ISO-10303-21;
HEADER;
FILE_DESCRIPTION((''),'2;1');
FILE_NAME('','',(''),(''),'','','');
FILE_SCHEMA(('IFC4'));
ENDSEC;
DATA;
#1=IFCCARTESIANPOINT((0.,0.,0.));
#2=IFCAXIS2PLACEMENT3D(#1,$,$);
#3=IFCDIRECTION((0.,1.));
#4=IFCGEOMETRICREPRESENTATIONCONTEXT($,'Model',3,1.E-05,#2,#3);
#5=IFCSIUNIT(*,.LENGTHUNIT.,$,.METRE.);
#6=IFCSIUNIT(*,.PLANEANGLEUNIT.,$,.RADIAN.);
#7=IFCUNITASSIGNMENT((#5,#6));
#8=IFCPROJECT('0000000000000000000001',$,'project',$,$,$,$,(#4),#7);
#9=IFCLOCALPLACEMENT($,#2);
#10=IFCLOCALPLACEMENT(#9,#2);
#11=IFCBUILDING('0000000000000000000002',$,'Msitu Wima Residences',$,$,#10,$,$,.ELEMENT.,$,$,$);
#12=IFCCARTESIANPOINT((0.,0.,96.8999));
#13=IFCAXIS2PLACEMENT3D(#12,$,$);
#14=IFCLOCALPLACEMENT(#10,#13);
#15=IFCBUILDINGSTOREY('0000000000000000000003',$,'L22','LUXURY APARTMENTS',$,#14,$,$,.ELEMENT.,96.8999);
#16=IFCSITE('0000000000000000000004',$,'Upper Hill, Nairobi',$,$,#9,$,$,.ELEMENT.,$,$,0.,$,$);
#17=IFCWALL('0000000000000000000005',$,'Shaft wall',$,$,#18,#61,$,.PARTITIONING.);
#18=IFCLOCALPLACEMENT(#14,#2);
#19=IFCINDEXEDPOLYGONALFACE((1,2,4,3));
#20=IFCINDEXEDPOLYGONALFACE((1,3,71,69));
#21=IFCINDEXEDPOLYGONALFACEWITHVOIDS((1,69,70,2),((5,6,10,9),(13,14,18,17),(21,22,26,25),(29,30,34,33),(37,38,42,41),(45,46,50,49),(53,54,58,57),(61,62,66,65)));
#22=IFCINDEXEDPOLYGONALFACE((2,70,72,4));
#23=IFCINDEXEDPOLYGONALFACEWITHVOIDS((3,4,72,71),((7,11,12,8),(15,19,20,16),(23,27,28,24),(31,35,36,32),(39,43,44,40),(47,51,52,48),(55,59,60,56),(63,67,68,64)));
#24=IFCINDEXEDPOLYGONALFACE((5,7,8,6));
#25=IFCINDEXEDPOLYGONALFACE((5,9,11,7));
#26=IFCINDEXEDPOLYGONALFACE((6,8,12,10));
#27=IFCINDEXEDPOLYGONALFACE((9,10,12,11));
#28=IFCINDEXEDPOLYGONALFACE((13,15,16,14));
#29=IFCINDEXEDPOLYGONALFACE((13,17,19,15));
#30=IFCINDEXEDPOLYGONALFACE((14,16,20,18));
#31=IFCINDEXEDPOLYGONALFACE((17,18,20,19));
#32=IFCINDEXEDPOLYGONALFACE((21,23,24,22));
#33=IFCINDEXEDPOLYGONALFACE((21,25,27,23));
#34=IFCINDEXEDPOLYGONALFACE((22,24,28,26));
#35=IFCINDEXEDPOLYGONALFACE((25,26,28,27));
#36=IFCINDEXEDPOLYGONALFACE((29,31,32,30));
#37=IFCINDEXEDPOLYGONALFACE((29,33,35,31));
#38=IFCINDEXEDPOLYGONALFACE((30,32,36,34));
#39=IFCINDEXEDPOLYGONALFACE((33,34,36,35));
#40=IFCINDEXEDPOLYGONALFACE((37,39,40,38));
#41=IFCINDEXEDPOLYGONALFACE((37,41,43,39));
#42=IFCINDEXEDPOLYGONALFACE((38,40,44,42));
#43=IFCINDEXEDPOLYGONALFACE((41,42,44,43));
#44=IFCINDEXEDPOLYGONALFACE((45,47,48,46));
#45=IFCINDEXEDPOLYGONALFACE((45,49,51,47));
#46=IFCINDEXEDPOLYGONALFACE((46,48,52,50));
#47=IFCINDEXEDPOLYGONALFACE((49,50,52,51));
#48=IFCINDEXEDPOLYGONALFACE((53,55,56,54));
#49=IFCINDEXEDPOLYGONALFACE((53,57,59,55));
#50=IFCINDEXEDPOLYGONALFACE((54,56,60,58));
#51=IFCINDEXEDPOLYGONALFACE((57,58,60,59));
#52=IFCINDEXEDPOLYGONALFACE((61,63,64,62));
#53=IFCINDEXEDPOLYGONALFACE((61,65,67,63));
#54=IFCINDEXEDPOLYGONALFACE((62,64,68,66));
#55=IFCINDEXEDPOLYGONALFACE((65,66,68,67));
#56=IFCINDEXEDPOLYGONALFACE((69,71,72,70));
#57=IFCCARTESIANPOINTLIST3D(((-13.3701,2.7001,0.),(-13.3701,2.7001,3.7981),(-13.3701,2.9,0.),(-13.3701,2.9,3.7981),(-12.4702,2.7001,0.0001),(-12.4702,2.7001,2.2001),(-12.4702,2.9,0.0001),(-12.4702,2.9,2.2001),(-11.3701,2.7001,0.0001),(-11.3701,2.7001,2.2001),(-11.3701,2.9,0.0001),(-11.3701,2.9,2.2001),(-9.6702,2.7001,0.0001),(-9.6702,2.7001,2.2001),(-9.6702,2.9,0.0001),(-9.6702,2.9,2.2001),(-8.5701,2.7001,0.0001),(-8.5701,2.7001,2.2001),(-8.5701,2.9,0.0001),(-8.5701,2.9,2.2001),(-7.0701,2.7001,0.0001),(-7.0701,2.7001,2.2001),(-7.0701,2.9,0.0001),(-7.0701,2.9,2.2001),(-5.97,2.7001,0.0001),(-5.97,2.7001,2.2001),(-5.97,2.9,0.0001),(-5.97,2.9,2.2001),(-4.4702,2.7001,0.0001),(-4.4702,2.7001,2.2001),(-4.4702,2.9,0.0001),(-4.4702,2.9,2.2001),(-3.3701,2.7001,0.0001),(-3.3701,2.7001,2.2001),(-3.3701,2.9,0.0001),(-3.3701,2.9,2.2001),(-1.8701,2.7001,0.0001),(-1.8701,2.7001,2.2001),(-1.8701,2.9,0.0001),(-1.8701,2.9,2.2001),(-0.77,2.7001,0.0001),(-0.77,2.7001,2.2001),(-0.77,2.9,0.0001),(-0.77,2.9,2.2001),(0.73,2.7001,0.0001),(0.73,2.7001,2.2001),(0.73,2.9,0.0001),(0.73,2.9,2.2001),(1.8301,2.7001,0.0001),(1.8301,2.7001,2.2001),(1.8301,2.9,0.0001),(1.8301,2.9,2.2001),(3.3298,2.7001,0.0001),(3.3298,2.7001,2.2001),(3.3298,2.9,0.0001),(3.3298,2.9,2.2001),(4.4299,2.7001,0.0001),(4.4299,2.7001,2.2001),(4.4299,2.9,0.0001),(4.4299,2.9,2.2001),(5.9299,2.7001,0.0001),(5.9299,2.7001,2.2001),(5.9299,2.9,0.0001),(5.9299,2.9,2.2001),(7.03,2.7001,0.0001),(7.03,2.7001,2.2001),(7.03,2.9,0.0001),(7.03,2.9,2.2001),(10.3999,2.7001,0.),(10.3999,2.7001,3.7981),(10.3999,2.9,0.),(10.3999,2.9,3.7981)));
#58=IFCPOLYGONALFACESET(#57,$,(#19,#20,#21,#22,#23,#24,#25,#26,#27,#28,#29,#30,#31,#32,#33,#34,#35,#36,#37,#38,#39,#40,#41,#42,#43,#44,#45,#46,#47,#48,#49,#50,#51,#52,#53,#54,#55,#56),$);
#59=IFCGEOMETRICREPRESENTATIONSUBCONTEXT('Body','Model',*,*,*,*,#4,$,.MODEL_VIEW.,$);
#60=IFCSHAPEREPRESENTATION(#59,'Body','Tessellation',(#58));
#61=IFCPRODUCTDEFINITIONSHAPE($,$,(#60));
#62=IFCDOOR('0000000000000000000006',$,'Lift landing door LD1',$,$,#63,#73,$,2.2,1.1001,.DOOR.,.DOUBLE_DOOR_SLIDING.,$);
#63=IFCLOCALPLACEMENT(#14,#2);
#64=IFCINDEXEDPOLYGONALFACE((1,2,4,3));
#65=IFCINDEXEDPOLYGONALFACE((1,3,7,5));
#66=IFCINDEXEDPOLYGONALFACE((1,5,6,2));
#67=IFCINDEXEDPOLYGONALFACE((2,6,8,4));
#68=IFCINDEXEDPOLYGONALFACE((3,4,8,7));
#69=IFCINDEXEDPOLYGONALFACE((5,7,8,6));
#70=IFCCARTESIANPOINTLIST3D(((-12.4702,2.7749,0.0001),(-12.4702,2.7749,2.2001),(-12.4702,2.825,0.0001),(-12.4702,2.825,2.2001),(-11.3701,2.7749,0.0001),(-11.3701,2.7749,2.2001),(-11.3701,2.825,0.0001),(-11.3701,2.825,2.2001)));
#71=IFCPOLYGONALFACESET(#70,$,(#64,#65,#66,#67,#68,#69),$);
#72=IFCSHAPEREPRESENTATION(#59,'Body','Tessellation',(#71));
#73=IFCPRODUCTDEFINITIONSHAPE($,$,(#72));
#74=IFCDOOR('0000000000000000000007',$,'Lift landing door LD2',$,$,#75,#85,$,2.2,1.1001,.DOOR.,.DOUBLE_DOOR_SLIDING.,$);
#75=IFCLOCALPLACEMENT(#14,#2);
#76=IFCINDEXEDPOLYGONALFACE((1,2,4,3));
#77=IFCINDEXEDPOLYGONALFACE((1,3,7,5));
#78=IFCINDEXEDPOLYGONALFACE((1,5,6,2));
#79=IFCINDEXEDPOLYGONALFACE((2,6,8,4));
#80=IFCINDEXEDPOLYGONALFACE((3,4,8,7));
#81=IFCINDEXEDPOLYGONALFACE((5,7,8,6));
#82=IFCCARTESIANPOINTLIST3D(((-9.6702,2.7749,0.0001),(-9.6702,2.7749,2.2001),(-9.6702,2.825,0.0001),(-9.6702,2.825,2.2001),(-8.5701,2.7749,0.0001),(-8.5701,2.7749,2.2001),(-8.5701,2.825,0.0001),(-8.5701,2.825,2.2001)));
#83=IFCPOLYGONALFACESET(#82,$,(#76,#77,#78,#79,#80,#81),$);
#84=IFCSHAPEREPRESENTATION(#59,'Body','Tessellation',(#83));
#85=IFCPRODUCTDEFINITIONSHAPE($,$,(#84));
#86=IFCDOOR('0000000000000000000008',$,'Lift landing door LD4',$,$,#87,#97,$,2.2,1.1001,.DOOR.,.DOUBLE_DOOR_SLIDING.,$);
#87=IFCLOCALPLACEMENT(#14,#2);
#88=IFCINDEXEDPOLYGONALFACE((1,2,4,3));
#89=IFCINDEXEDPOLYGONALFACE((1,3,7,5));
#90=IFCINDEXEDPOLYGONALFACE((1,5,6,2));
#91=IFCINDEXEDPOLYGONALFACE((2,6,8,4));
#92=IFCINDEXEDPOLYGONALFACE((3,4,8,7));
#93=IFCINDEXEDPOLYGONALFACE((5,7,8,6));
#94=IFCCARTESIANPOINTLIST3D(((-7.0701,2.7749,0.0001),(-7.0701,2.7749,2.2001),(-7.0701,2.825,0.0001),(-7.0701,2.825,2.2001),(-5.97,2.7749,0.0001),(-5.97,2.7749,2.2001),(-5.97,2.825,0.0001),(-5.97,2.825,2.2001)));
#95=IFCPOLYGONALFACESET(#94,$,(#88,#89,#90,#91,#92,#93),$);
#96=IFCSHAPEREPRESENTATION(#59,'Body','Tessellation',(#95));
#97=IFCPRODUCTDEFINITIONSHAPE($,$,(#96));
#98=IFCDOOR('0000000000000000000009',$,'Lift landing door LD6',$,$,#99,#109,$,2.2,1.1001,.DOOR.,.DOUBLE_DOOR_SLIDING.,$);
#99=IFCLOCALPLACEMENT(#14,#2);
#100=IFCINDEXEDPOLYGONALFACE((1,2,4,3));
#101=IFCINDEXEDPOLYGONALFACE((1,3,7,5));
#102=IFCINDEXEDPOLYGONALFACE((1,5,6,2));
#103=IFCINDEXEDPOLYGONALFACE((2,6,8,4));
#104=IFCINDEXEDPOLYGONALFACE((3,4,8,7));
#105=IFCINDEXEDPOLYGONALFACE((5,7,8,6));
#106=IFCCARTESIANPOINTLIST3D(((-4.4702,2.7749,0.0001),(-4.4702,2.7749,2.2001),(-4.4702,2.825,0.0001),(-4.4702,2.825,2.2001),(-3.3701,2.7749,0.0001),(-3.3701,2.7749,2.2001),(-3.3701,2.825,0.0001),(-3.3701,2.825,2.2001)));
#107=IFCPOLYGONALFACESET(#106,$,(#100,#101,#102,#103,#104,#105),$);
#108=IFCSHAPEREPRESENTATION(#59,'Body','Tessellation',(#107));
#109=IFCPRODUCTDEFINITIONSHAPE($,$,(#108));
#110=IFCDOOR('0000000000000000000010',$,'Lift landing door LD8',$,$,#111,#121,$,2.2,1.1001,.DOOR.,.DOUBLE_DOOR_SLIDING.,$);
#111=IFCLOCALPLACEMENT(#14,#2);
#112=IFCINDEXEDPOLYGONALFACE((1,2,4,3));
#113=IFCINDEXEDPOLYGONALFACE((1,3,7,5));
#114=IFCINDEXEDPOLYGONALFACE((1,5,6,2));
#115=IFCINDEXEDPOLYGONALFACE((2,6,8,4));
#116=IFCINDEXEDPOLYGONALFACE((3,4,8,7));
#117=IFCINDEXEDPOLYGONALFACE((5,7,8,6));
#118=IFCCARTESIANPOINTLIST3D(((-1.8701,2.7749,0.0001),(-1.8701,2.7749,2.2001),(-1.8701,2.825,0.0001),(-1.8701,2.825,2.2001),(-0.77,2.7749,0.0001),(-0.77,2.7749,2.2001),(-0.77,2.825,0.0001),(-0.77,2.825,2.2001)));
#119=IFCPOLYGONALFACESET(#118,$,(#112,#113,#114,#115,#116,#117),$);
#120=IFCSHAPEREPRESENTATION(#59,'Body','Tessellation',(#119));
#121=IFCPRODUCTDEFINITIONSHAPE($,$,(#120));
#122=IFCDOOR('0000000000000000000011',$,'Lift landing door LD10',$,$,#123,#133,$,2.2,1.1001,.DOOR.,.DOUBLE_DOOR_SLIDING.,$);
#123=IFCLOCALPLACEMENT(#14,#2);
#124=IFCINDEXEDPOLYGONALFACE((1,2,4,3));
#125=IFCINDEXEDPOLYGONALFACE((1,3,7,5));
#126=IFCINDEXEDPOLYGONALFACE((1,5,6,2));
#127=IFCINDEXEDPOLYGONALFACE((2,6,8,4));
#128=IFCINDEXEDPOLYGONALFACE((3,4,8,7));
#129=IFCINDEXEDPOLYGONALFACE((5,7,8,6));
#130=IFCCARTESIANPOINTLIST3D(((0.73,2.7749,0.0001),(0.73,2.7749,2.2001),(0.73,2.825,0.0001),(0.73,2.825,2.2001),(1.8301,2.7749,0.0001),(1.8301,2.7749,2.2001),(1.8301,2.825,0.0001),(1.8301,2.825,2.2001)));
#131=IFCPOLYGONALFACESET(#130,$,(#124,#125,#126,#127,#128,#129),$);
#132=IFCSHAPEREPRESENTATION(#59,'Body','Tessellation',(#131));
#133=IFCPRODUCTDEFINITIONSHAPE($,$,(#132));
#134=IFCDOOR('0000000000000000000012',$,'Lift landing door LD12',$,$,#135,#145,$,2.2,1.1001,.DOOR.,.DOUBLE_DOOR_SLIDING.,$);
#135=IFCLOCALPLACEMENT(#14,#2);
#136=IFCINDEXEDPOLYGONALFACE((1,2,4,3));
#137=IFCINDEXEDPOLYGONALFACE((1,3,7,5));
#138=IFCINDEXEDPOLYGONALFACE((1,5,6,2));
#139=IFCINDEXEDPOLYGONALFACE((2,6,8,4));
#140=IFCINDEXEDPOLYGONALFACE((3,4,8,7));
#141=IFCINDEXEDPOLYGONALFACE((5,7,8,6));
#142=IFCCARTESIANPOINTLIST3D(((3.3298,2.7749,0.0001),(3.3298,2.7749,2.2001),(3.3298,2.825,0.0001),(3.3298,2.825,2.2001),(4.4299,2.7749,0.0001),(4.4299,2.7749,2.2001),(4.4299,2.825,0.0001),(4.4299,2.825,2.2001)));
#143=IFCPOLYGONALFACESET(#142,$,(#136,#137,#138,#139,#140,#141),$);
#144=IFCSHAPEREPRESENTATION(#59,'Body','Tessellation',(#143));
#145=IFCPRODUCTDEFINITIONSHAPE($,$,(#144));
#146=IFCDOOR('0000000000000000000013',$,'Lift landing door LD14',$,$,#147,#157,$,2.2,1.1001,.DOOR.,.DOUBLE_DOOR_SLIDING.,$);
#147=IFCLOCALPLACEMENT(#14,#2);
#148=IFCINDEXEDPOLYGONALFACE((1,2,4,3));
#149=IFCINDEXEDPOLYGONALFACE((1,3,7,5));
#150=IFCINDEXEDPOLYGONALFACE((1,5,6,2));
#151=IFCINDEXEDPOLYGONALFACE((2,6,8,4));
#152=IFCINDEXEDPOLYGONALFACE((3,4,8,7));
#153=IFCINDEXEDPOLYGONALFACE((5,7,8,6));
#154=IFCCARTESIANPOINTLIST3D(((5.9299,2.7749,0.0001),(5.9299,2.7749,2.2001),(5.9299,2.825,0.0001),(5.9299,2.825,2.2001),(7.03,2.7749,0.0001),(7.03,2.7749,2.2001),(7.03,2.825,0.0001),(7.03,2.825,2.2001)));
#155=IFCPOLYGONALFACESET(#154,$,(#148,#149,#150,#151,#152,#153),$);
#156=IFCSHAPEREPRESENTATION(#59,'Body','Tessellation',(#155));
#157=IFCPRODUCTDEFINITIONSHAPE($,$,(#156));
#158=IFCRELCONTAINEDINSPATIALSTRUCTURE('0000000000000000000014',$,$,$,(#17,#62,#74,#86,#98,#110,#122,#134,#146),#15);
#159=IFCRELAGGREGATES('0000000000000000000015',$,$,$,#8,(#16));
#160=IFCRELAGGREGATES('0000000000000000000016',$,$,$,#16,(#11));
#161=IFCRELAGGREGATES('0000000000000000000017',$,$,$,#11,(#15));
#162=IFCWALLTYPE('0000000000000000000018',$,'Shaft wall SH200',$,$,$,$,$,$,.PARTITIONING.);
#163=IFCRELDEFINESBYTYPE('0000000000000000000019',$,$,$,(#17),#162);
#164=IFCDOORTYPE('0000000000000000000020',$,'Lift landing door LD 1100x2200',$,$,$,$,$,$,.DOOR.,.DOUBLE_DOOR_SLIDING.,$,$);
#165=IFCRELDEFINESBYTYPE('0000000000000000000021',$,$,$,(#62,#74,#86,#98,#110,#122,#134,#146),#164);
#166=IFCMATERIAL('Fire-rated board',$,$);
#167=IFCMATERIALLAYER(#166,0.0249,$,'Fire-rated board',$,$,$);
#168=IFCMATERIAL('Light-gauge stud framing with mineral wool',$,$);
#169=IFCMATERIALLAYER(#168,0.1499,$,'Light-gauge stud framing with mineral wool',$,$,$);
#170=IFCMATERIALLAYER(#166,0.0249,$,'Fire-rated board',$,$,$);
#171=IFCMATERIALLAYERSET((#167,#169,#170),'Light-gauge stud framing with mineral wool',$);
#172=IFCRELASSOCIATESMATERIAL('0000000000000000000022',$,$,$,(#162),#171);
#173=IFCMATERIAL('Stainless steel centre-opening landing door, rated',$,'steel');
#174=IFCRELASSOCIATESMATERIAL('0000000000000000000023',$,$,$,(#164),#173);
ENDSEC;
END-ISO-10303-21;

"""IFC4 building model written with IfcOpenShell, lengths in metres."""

from ifc_helpers import new_model, si_unit, direction, frame, frame_2d, origin, place, context, subcontext, project, spatial, rectangle, extrude, material, layer, layer_set, type_object, element, fill, save


model = new_model("IFC4")

# Units and contexts
model_context = context("Model", 3, precision=1e-05, world=origin(), true_north=direction((0.0, 1.0)))
body_context = subcontext(model_context, "Body", "Model", "MODEL_VIEW")
ifc_project = project(units=[si_unit("LENGTHUNIT", "METRE"), si_unit("PLANEANGLEUNIT", "RADIAN")], contexts=[model_context])

# Site, building, storey
site_placement = place(None, origin())
site = spatial("IfcSite", under=ifc_project, at=site_placement, Name="Upper Hill, Nairobi", CompositionType="ELEMENT", RefElevation=0.0)
building_placement = place(site_placement, origin())
building = spatial("IfcBuilding", under=site, at=building_placement, Name="Msitu Wima Residences", CompositionType="ELEMENT")
storey_placement = place(building_placement, frame((0.0, 0.0, 96.8999)))
storey = spatial("IfcBuildingStorey", under=building, at=storey_placement, Name="L22", Description="LUXURY APARTMENTS", CompositionType="ELEMENT", Elevation=96.8999)

# Wall, openings, doors
ifc_material_1 = material(Name="Fire-rated board")
ifc_layer_1 = layer(ifc_material_1, 0.0249, Name="Fire-rated board")
ifc_material_2 = material(Name="Light-gauge stud framing with mineral wool")
ifc_layer_2 = layer(ifc_material_2, 0.1499, Name="Light-gauge stud framing with mineral wool")
ifc_layer_3 = layer(ifc_material_1, 0.0249, Name="Fire-rated board")
ifc_layer_set_1 = layer_set([ifc_layer_1, ifc_layer_2, ifc_layer_3], Name="Light-gauge stud framing with mineral wool")
wall_type_1 = type_object("IfcWallType", Name="Shaft wall SH200", PredefinedType="PARTITIONING", material=ifc_layer_set_1)
wall_1_placement = place(storey_placement, frame((-13.3701, 2.8, 0.0), z_axis=(0.0, 0.0, 1.0), x_axis=(1.0, 0.0, 0.0)))
wall_1 = element("IfcWall", 1, at=wall_1_placement, inside=storey, type_object=wall_type_1, Name="Shaft wall", PredefinedType="PARTITIONING", context=body_context, shape_type="SweptSolid", body=[
    extrude(rectangle(XDim=23.77, YDim=0.2, at=frame_2d((11.885, 0.0))), origin(), (0.0, 0.0, 1.0), 3.7981),
])
opening_1_placement = place(wall_1_placement, frame((0.8999, 0.0, 0.0)))
opening_1 = element("IfcOpeningElement", 2, at=opening_1_placement, cuts=wall_1, PredefinedType="OPENING", context=body_context, shape_type="SweptSolid", body=[
    extrude(rectangle(XDim=1.1001, YDim=2.2, at=frame_2d((0.55, 1.1001))), frame((0.0, 0.1099, 0.0), z_axis=(0.0, -1.0, 0.0), x_axis=(1.0, 0.0, 0.0)), (0.0, 0.0, 1.0), 0.22),
])
opening_2_placement = place(wall_1_placement, frame((3.7, 0.0, 0.0)))
opening_2 = element("IfcOpeningElement", 3, at=opening_2_placement, cuts=wall_1, PredefinedType="OPENING", context=body_context, shape_type="SweptSolid", body=[
    extrude(rectangle(XDim=1.1001, YDim=2.2, at=frame_2d((0.55, 1.1001))), frame((0.0, 0.1099, 0.0), z_axis=(0.0, -1.0, 0.0), x_axis=(1.0, 0.0, 0.0)), (0.0, 0.0, 1.0), 0.22),
])
opening_3_placement = place(wall_1_placement, frame((6.3, 0.0, 0.0)))
opening_3 = element("IfcOpeningElement", 4, at=opening_3_placement, cuts=wall_1, PredefinedType="OPENING", context=body_context, shape_type="SweptSolid", body=[
    extrude(rectangle(XDim=1.1001, YDim=2.2, at=frame_2d((0.55, 1.1001))), frame((0.0, 0.1099, 0.0), z_axis=(0.0, -1.0, 0.0), x_axis=(1.0, 0.0, 0.0)), (0.0, 0.0, 1.0), 0.22),
])
opening_4_placement = place(wall_1_placement, frame((8.8999, 0.0, 0.0)))
opening_4 = element("IfcOpeningElement", 5, at=opening_4_placement, cuts=wall_1, PredefinedType="OPENING", context=body_context, shape_type="SweptSolid", body=[
    extrude(rectangle(XDim=1.1001, YDim=2.2, at=frame_2d((0.55, 1.1001))), frame((0.0, 0.1099, 0.0), z_axis=(0.0, -1.0, 0.0), x_axis=(1.0, 0.0, 0.0)), (0.0, 0.0, 1.0), 0.22),
])
opening_5_placement = place(wall_1_placement, frame((11.5, 0.0, 0.0)))
opening_5 = element("IfcOpeningElement", 6, at=opening_5_placement, cuts=wall_1, PredefinedType="OPENING", context=body_context, shape_type="SweptSolid", body=[
    extrude(rectangle(XDim=1.1001, YDim=2.2, at=frame_2d((0.55, 1.1001))), frame((0.0, 0.1099, 0.0), z_axis=(0.0, -1.0, 0.0), x_axis=(1.0, 0.0, 0.0)), (0.0, 0.0, 1.0), 0.22),
])
opening_6_placement = place(wall_1_placement, frame((14.1001, 0.0, 0.0)))
opening_6 = element("IfcOpeningElement", 7, at=opening_6_placement, cuts=wall_1, PredefinedType="OPENING", context=body_context, shape_type="SweptSolid", body=[
    extrude(rectangle(XDim=1.1001, YDim=2.2, at=frame_2d((0.55, 1.1001))), frame((0.0, 0.1099, 0.0), z_axis=(0.0, -1.0, 0.0), x_axis=(1.0, 0.0, 0.0)), (0.0, 0.0, 1.0), 0.22),
])
opening_7_placement = place(wall_1_placement, frame((16.7, 0.0, 0.0)))
opening_7 = element("IfcOpeningElement", 8, at=opening_7_placement, cuts=wall_1, PredefinedType="OPENING", context=body_context, shape_type="SweptSolid", body=[
    extrude(rectangle(XDim=1.1001, YDim=2.2, at=frame_2d((0.55, 1.1001))), frame((0.0, 0.1099, 0.0), z_axis=(0.0, -1.0, 0.0), x_axis=(1.0, 0.0, 0.0)), (0.0, 0.0, 1.0), 0.22),
])
opening_8_placement = place(wall_1_placement, frame((19.3, 0.0, 0.0)))
opening_8 = element("IfcOpeningElement", 9, at=opening_8_placement, cuts=wall_1, PredefinedType="OPENING", context=body_context, shape_type="SweptSolid", body=[
    extrude(rectangle(XDim=1.1001, YDim=2.2, at=frame_2d((0.55, 1.1001))), frame((0.0, 0.1099, 0.0), z_axis=(0.0, -1.0, 0.0), x_axis=(1.0, 0.0, 0.0)), (0.0, 0.0, 1.0), 0.22),
])
ifc_material_3 = material(Name="Stainless steel centre-opening landing door, rated", Category="steel")
door_type_1 = type_object("IfcDoorType", Name="Lift landing door LD 1100x2200", OperationType="DOUBLE_DOOR_SLIDING", PredefinedType="DOOR", material=ifc_material_3)
door_1_placement = place(opening_1_placement, origin())
door_1 = element("IfcDoor", 10, at=door_1_placement, inside=storey, type_object=door_type_1, Name="Lift landing door LD1", OperationType="DOUBLE_DOOR_SLIDING", OverallHeight=2.2, OverallWidth=1.1001, PredefinedType="DOOR", context=body_context, shape_type="SweptSolid", body=[
    extrude(rectangle(XDim=1.1001, YDim=2.2, at=frame_2d((0.55, 1.1001))), frame((0.0, 0.0249, 0.0), z_axis=(0.0, -1.0, 0.0), x_axis=(1.0, 0.0, 0.0)), (0.0, 0.0, 1.0), 0.05),
])
fill(opening_1, door_1)
door_2_placement = place(opening_2_placement, origin())
door_2 = element("IfcDoor", 11, at=door_2_placement, inside=storey, type_object=door_type_1, Name="Lift landing door LD2", OperationType="DOUBLE_DOOR_SLIDING", OverallHeight=2.2, OverallWidth=1.1001, PredefinedType="DOOR", context=body_context, shape_type="SweptSolid", body=[
    extrude(rectangle(XDim=1.1001, YDim=2.2, at=frame_2d((0.55, 1.1001))), frame((0.0, 0.0249, 0.0), z_axis=(0.0, -1.0, 0.0), x_axis=(1.0, 0.0, 0.0)), (0.0, 0.0, 1.0), 0.05),
])
fill(opening_2, door_2)
door_3_placement = place(opening_3_placement, origin())
door_3 = element("IfcDoor", 12, at=door_3_placement, inside=storey, type_object=door_type_1, Name="Lift landing door LD4", OperationType="DOUBLE_DOOR_SLIDING", OverallHeight=2.2, OverallWidth=1.1001, PredefinedType="DOOR", context=body_context, shape_type="SweptSolid", body=[
    extrude(rectangle(XDim=1.1001, YDim=2.2, at=frame_2d((0.55, 1.1001))), frame((0.0, 0.0249, 0.0), z_axis=(0.0, -1.0, 0.0), x_axis=(1.0, 0.0, 0.0)), (0.0, 0.0, 1.0), 0.05),
])
fill(opening_3, door_3)
door_4_placement = place(opening_4_placement, origin())
door_4 = element("IfcDoor", 13, at=door_4_placement, inside=storey, type_object=door_type_1, Name="Lift landing door LD6", OperationType="DOUBLE_DOOR_SLIDING", OverallHeight=2.2, OverallWidth=1.1001, PredefinedType="DOOR", context=body_context, shape_type="SweptSolid", body=[
    extrude(rectangle(XDim=1.1001, YDim=2.2, at=frame_2d((0.55, 1.1001))), frame((0.0, 0.0249, 0.0), z_axis=(0.0, -1.0, 0.0), x_axis=(1.0, 0.0, 0.0)), (0.0, 0.0, 1.0), 0.05),
])
fill(opening_4, door_4)
door_5_placement = place(opening_5_placement, origin())
door_5 = element("IfcDoor", 14, at=door_5_placement, inside=storey, type_object=door_type_1, Name="Lift landing door LD8", OperationType="DOUBLE_DOOR_SLIDING", OverallHeight=2.2, OverallWidth=1.1001, PredefinedType="DOOR", context=body_context, shape_type="SweptSolid", body=[
    extrude(rectangle(XDim=1.1001, YDim=2.2, at=frame_2d((0.55, 1.1001))), frame((0.0, 0.0249, 0.0), z_axis=(0.0, -1.0, 0.0), x_axis=(1.0, 0.0, 0.0)), (0.0, 0.0, 1.0), 0.05),
])
fill(opening_5, door_5)
door_6_placement = place(opening_6_placement, origin())
door_6 = element("IfcDoor", 15, at=door_6_placement, inside=storey, type_object=door_type_1, Name="Lift landing door LD10", OperationType="DOUBLE_DOOR_SLIDING", OverallHeight=2.2, OverallWidth=1.1001, PredefinedType="DOOR", context=body_context, shape_type="SweptSolid", body=[
    extrude(rectangle(XDim=1.1001, YDim=2.2, at=frame_2d((0.55, 1.1001))), frame((0.0, 0.0249, 0.0), z_axis=(0.0, -1.0, 0.0), x_axis=(1.0, 0.0, 0.0)), (0.0, 0.0, 1.0), 0.05),
])
fill(opening_6, door_6)
door_7_placement = place(opening_7_placement, origin())
door_7 = element("IfcDoor", 16, at=door_7_placement, inside=storey, type_object=door_type_1, Name="Lift landing door LD12", OperationType="DOUBLE_DOOR_SLIDING", OverallHeight=2.2, OverallWidth=1.1001, PredefinedType="DOOR", context=body_context, shape_type="SweptSolid", body=[
    extrude(rectangle(XDim=1.1001, YDim=2.2, at=frame_2d((0.55, 1.1001))), frame((0.0, 0.0249, 0.0), z_axis=(0.0, -1.0, 0.0), x_axis=(1.0, 0.0, 0.0)), (0.0, 0.0, 1.0), 0.05),
])
fill(opening_7, door_7)
door_8_placement = place(opening_8_placement, origin())
door_8 = element("IfcDoor", 17, at=door_8_placement, inside=storey, type_object=door_type_1, Name="Lift landing door LD14", OperationType="DOUBLE_DOOR_SLIDING", OverallHeight=2.2, OverallWidth=1.1001, PredefinedType="DOOR", context=body_context, shape_type="SweptSolid", body=[
    extrude(rectangle(XDim=1.1001, YDim=2.2, at=frame_2d((0.55, 1.1001))), frame((0.0, 0.0249, 0.0), z_axis=(0.0, -1.0, 0.0), x_axis=(1.0, 0.0, 0.0)), (0.0, 0.0, 1.0), 0.05),
])
fill(opening_8, door_8)

save(model, "model.ifc")
